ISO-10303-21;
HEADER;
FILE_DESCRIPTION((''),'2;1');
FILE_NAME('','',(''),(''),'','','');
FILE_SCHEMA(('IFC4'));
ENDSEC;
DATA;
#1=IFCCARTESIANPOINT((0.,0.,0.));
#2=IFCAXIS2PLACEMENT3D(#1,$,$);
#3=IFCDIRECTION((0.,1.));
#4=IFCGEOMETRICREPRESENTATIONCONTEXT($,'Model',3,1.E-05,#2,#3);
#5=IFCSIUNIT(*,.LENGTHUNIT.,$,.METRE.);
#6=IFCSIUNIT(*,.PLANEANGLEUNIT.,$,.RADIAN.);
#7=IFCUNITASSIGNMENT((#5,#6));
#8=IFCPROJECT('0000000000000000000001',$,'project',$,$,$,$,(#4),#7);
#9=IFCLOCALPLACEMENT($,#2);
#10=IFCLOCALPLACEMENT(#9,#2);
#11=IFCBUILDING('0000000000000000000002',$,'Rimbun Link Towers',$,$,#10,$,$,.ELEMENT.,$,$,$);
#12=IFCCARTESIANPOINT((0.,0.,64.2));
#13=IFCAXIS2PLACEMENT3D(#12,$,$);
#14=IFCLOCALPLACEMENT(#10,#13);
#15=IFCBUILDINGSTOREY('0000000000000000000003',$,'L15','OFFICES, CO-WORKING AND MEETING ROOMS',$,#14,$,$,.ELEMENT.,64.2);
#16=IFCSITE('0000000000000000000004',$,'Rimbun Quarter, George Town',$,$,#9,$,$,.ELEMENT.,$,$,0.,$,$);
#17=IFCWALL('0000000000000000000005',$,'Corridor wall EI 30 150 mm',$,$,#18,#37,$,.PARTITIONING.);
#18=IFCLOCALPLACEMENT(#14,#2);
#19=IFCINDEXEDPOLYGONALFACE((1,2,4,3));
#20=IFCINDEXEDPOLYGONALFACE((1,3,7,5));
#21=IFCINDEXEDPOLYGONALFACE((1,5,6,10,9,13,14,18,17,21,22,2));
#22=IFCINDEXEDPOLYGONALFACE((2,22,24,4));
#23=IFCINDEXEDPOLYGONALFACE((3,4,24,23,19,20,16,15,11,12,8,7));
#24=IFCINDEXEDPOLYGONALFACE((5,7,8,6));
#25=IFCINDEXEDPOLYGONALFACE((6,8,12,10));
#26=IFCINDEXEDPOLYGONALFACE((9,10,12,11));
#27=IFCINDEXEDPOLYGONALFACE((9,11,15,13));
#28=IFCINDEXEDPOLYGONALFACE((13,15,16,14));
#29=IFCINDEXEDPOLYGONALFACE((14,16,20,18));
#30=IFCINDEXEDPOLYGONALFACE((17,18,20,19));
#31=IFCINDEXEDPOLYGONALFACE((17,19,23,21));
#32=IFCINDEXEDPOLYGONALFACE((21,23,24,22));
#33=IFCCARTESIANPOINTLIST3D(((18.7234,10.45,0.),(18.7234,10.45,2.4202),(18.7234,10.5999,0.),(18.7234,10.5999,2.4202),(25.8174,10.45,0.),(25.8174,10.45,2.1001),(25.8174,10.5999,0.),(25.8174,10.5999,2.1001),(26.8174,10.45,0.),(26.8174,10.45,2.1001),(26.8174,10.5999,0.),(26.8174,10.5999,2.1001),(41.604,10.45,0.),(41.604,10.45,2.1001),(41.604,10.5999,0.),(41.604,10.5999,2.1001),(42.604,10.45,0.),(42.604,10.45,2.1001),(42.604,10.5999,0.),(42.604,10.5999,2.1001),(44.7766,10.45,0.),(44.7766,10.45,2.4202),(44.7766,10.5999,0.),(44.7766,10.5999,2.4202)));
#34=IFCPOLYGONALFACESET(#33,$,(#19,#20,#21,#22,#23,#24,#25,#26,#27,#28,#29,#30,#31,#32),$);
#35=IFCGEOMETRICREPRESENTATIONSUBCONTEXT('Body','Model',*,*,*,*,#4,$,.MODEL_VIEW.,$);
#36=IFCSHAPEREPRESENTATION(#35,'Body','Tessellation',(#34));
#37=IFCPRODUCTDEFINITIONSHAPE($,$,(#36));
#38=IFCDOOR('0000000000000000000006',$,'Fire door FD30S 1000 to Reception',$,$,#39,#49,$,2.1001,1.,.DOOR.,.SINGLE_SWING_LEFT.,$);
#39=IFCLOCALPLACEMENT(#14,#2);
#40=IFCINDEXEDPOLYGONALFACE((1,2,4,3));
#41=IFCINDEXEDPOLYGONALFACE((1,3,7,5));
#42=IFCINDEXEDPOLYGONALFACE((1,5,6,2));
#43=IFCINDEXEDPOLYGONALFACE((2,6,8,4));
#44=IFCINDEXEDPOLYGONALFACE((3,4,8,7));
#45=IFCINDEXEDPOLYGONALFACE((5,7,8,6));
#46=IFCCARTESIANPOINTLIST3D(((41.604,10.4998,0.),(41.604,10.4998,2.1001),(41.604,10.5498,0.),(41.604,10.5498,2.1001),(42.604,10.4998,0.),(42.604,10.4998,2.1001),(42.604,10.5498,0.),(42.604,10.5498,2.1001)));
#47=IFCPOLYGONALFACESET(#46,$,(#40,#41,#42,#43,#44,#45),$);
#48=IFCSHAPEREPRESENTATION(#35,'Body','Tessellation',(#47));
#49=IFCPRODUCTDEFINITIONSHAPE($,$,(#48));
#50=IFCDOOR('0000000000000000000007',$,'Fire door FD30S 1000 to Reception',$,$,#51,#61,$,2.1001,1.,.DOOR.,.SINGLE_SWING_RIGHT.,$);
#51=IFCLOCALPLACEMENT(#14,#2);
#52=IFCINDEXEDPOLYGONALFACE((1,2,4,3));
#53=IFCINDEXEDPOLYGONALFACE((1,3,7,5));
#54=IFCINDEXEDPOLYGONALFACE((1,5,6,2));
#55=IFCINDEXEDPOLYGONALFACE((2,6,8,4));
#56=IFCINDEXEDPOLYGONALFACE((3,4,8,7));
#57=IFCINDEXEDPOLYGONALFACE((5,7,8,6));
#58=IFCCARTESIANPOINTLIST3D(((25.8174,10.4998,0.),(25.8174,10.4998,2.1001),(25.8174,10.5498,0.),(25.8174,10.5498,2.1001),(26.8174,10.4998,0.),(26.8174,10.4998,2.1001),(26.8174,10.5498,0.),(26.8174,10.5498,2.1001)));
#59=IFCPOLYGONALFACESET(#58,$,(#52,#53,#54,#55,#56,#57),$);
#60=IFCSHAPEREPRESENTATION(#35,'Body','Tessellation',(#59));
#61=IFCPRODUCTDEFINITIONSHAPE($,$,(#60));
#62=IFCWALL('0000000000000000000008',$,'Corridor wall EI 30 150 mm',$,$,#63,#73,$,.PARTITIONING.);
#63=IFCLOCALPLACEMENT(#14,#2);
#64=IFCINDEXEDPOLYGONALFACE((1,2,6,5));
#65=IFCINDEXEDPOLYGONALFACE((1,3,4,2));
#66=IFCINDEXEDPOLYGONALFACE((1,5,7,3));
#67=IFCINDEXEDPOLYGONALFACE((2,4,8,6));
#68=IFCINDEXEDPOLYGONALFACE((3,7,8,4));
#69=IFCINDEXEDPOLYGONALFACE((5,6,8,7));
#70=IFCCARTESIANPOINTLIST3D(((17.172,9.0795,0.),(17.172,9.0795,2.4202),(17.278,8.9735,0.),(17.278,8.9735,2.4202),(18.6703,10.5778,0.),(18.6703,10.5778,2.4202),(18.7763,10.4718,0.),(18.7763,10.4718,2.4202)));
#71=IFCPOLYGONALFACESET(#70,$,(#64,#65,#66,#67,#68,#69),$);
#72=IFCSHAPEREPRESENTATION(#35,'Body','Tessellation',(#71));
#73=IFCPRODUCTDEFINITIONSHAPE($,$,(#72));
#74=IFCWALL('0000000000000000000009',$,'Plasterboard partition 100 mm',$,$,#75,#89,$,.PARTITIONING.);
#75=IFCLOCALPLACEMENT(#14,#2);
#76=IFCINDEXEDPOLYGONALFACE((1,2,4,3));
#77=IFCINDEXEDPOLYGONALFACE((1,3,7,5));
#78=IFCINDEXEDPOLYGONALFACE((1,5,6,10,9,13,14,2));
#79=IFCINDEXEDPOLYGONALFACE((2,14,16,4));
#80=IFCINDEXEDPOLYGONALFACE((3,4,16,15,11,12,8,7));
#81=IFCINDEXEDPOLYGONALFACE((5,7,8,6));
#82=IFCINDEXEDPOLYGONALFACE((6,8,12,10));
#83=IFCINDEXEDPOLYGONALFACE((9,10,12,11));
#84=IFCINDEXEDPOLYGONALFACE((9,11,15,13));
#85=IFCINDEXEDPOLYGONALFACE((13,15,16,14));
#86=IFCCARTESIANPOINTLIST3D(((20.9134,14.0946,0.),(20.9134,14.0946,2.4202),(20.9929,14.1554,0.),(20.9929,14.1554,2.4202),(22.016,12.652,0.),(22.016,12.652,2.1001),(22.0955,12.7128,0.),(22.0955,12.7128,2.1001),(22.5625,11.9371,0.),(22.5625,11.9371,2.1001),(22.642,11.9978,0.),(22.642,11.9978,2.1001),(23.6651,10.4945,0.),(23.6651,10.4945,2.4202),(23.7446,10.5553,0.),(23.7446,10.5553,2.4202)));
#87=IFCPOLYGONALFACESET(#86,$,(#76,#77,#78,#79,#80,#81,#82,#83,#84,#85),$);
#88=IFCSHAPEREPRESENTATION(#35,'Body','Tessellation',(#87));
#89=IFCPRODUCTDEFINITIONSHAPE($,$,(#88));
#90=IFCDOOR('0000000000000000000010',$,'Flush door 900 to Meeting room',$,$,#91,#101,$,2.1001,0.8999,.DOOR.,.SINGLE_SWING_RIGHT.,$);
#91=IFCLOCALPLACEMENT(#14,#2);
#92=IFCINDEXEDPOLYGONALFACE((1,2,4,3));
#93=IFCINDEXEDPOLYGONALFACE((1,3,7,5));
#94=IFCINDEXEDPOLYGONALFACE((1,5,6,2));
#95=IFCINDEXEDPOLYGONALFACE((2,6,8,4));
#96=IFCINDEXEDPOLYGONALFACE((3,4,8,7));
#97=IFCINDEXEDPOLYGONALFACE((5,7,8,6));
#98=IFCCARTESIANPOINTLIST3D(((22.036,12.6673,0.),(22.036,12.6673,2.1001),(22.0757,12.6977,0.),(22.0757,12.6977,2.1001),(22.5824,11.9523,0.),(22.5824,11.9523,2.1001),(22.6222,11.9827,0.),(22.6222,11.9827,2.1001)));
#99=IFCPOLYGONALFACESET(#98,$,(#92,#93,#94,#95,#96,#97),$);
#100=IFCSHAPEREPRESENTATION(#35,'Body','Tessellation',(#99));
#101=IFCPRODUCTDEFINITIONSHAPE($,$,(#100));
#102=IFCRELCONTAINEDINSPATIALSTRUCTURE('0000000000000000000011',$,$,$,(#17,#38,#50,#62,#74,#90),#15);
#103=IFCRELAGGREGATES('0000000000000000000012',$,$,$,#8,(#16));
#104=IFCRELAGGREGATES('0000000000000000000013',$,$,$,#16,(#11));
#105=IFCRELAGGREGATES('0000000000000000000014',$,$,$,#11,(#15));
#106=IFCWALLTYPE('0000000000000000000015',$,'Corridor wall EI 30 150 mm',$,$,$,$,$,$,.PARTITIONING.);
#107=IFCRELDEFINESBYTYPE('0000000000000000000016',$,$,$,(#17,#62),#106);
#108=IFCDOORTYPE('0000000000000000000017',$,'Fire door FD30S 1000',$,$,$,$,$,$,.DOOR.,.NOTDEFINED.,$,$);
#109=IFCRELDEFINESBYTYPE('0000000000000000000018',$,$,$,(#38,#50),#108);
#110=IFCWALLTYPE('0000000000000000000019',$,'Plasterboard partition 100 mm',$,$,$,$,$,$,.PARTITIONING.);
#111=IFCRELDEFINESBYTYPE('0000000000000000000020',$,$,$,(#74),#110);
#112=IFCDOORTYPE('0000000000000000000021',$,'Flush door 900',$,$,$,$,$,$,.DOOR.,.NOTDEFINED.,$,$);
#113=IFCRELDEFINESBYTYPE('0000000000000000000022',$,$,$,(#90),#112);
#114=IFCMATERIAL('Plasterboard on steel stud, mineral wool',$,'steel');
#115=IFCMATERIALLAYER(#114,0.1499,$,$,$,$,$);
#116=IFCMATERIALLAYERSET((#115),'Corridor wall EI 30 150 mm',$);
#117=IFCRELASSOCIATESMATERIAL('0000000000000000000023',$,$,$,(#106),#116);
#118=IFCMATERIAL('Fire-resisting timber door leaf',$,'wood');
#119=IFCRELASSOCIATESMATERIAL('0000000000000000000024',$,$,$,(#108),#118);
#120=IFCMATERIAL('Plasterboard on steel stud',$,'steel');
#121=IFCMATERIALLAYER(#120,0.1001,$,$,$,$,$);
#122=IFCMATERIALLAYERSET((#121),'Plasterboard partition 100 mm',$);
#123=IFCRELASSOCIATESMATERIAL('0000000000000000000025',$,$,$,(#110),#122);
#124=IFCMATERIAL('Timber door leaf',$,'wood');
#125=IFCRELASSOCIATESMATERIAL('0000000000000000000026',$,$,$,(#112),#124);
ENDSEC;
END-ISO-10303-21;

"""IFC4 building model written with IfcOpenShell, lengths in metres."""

from ifc_helpers import new_model, si_unit, direction, frame, frame_2d, origin, place, context, subcontext, project, spatial, rectangle, extrude, material, layer, layer_set, type_object, element, fill, save


model = new_model("IFC4")

# Units and contexts
model_context = context("Model", 3, precision=1e-05, world=origin(), true_north=direction((0.0, 1.0)))
body_context = subcontext(model_context, "Body", "Model", "MODEL_VIEW")
ifc_project = project(units=[si_unit("LENGTHUNIT", "METRE"), si_unit("PLANEANGLEUNIT", "RADIAN")], contexts=[model_context])

# Site, building, storey
site_placement = place(None, origin())
site = spatial("IfcSite", under=ifc_project, at=site_placement, Name="Rimbun Quarter, George Town", CompositionType="ELEMENT", RefElevation=0.0)
building_placement = place(site_placement, origin())
building = spatial("IfcBuilding", under=site, at=building_placement, Name="Rimbun Link Towers", CompositionType="ELEMENT")
storey_placement = place(building_placement, frame((0.0, 0.0, 64.2)))
storey = spatial("IfcBuildingStorey", under=building, at=storey_placement, Name="L15", Description="OFFICES, CO-WORKING AND MEETING ROOMS", CompositionType="ELEMENT", Elevation=64.2)

# Wall, openings, doors
ifc_material_1 = material(Name="Plasterboard on steel stud, mineral wool", Category="steel")
ifc_layer_1 = layer(ifc_material_1, 0.1499)
ifc_layer_set_1 = layer_set([ifc_layer_1], Name="Corridor wall EI 30 150 mm")
wall_type_1 = type_object("IfcWallType", Name="Corridor wall EI 30 150 mm", PredefinedType="PARTITIONING", material=ifc_layer_set_1)
wall_1_placement = place(storey_placement, frame((18.7234, 10.5249, 0.0), z_axis=(0.0, 0.0, 1.0), x_axis=(1.0, 0.0, 0.0)))
wall_1 = element("IfcWall", 1, at=wall_1_placement, inside=storey, type_object=wall_type_1, Name="Corridor wall EI 30 150 mm", PredefinedType="PARTITIONING", context=body_context, shape_type="SweptSolid", body=[
    extrude(rectangle(XDim=26.0532, YDim=0.1499, at=frame_2d((13.0266, 0.0))), origin(), (0.0, 0.0, 1.0), 2.4202),
])
opening_1_placement = place(wall_1_placement, frame((22.8806, 0.0, 0.0)))
opening_1 = element("IfcOpeningElement", 2, at=opening_1_placement, cuts=wall_1, PredefinedType="OPENING", context=body_context, shape_type="SweptSolid", body=[
    extrude(rectangle(XDim=1.0, YDim=2.1001, at=frame_2d((0.5, 1.05))), frame((0.0, 0.085, 0.0), z_axis=(0.0, -1.0, 0.0), x_axis=(1.0, 0.0, 0.0)), (0.0, 0.0, 1.0), 0.1699),
])
opening_2_placement = place(wall_1_placement, frame((7.094, 0.0, 0.0)))
opening_2 = element("IfcOpeningElement", 3, at=opening_2_placement, cuts=wall_1, PredefinedType="OPENING", context=body_context, shape_type="SweptSolid", body=[
    extrude(rectangle(XDim=1.0, YDim=2.1001, at=frame_2d((0.5, 1.05))), frame((0.0, 0.085, 0.0), z_axis=(0.0, -1.0, 0.0), x_axis=(1.0, 0.0, 0.0)), (0.0, 0.0, 1.0), 0.1699),
])
ifc_material_2 = material(Name="Fire-resisting timber door leaf", Category="wood")
door_type_1 = type_object("IfcDoorType", Name="Fire door FD30S 1000", OperationType="NOTDEFINED", PredefinedType="DOOR", material=ifc_material_2)
door_1_placement = place(opening_1_placement, origin())
door_1 = element("IfcDoor", 4, at=door_1_placement, inside=storey, type_object=door_type_1, Name="Fire door FD30S 1000 to Reception", OperationType="SINGLE_SWING_LEFT", OverallHeight=2.1001, OverallWidth=1.0, PredefinedType="DOOR", context=body_context, shape_type="SweptSolid", body=[
    extrude(rectangle(XDim=1.0, YDim=2.1001, at=frame_2d((0.5, 1.05))), frame((0.0, 0.0249, 0.0), z_axis=(0.0, -1.0, 0.0), x_axis=(1.0, 0.0, 0.0)), (0.0, 0.0, 1.0), 0.05),
])
fill(opening_1, door_1)
door_2_placement = place(opening_2_placement, origin())
door_2 = element("IfcDoor", 5, at=door_2_placement, inside=storey, type_object=door_type_1, Name="Fire door FD30S 1000 to Reception", OperationType="SINGLE_SWING_RIGHT", OverallHeight=2.1001, OverallWidth=1.0, PredefinedType="DOOR", context=body_context, shape_type="SweptSolid", body=[
    extrude(rectangle(XDim=1.0, YDim=2.1001, at=frame_2d((0.5, 1.05))), frame((0.0, 0.0249, 0.0), z_axis=(0.0, -1.0, 0.0), x_axis=(1.0, 0.0, 0.0)), (0.0, 0.0, 1.0), 0.05),
])
fill(opening_2, door_2)

# Wall
wall_2_placement = place(storey_placement, frame((18.7234, 10.5249, 0.0), z_axis=(0.0, 0.0, 1.0), x_axis=(-0.707107, -0.707107, 0.0)))
element("IfcWall", 6, at=wall_2_placement, inside=storey, type_object=wall_type_1, Name="Corridor wall EI 30 150 mm", PredefinedType="PARTITIONING", context=body_context, shape_type="SweptSolid", body=[
    extrude(rectangle(XDim=2.1189, YDim=0.1499, at=frame_2d((1.0596, 0.0))), origin(), (0.0, 0.0, 1.0), 2.4202),
])

# Wall, opening, door
ifc_material_3 = material(Name="Plasterboard on steel stud", Category="steel")
ifc_layer_2 = layer(ifc_material_3, 0.1001)
ifc_layer_set_2 = layer_set([ifc_layer_2], Name="Plasterboard partition 100 mm")
wall_type_2 = type_object("IfcWallType", Name="Plasterboard partition 100 mm", PredefinedType="PARTITIONING", material=ifc_layer_set_2)
wall_3_placement = place(storey_placement, frame((23.7048, 10.5249, 0.0), z_axis=(0.0, 0.0, 1.0), x_axis=(-0.607268, 0.794497, 0.0)))
wall_3 = element("IfcWall", 7, at=wall_3_placement, inside=storey, type_object=wall_type_2, Name="Plasterboard partition 100 mm", PredefinedType="PARTITIONING", context=body_context, shape_type="SweptSolid", body=[
    extrude(rectangle(XDim=4.5312, YDim=0.1001, at=frame_2d((2.2656, 0.0))), origin(), (0.0, 0.0, 1.0), 2.4202),
])
opening_3_placement = place(wall_3_placement, frame((1.8157, 0.0, 0.0)))
opening_3 = element("IfcOpeningElement", 8, at=opening_3_placement, cuts=wall_3, PredefinedType="OPENING", context=body_context, shape_type="SweptSolid", body=[
    extrude(rectangle(XDim=0.8999, YDim=2.1001, at=frame_2d((0.45, 1.05))), frame((0.0, 0.0601, 0.0), z_axis=(0.0, -1.0, 0.0), x_axis=(1.0, 0.0, 0.0)), (0.0, 0.0, 1.0), 0.1201),
])
ifc_material_4 = material(Name="Timber door leaf", Category="wood")
door_type_2 = type_object("IfcDoorType", Name="Flush door 900", OperationType="NOTDEFINED", PredefinedType="DOOR", material=ifc_material_4)
door_3_placement = place(opening_3_placement, origin())
door_3 = element("IfcDoor", 9, at=door_3_placement, inside=storey, type_object=door_type_2, Name="Flush door 900 to Meeting room", OperationType="SINGLE_SWING_RIGHT", OverallHeight=2.1001, OverallWidth=0.8999, PredefinedType="DOOR", context=body_context, shape_type="SweptSolid", body=[
    extrude(rectangle(XDim=0.8999, YDim=2.1001, at=frame_2d((0.45, 1.05))), frame((0.0, 0.0249, 0.0), z_axis=(0.0, -1.0, 0.0), x_axis=(1.0, 0.0, 0.0)), (0.0, 0.0, 1.0), 0.05),
])
fill(opening_3, door_3)

save(model, "model.ifc")
